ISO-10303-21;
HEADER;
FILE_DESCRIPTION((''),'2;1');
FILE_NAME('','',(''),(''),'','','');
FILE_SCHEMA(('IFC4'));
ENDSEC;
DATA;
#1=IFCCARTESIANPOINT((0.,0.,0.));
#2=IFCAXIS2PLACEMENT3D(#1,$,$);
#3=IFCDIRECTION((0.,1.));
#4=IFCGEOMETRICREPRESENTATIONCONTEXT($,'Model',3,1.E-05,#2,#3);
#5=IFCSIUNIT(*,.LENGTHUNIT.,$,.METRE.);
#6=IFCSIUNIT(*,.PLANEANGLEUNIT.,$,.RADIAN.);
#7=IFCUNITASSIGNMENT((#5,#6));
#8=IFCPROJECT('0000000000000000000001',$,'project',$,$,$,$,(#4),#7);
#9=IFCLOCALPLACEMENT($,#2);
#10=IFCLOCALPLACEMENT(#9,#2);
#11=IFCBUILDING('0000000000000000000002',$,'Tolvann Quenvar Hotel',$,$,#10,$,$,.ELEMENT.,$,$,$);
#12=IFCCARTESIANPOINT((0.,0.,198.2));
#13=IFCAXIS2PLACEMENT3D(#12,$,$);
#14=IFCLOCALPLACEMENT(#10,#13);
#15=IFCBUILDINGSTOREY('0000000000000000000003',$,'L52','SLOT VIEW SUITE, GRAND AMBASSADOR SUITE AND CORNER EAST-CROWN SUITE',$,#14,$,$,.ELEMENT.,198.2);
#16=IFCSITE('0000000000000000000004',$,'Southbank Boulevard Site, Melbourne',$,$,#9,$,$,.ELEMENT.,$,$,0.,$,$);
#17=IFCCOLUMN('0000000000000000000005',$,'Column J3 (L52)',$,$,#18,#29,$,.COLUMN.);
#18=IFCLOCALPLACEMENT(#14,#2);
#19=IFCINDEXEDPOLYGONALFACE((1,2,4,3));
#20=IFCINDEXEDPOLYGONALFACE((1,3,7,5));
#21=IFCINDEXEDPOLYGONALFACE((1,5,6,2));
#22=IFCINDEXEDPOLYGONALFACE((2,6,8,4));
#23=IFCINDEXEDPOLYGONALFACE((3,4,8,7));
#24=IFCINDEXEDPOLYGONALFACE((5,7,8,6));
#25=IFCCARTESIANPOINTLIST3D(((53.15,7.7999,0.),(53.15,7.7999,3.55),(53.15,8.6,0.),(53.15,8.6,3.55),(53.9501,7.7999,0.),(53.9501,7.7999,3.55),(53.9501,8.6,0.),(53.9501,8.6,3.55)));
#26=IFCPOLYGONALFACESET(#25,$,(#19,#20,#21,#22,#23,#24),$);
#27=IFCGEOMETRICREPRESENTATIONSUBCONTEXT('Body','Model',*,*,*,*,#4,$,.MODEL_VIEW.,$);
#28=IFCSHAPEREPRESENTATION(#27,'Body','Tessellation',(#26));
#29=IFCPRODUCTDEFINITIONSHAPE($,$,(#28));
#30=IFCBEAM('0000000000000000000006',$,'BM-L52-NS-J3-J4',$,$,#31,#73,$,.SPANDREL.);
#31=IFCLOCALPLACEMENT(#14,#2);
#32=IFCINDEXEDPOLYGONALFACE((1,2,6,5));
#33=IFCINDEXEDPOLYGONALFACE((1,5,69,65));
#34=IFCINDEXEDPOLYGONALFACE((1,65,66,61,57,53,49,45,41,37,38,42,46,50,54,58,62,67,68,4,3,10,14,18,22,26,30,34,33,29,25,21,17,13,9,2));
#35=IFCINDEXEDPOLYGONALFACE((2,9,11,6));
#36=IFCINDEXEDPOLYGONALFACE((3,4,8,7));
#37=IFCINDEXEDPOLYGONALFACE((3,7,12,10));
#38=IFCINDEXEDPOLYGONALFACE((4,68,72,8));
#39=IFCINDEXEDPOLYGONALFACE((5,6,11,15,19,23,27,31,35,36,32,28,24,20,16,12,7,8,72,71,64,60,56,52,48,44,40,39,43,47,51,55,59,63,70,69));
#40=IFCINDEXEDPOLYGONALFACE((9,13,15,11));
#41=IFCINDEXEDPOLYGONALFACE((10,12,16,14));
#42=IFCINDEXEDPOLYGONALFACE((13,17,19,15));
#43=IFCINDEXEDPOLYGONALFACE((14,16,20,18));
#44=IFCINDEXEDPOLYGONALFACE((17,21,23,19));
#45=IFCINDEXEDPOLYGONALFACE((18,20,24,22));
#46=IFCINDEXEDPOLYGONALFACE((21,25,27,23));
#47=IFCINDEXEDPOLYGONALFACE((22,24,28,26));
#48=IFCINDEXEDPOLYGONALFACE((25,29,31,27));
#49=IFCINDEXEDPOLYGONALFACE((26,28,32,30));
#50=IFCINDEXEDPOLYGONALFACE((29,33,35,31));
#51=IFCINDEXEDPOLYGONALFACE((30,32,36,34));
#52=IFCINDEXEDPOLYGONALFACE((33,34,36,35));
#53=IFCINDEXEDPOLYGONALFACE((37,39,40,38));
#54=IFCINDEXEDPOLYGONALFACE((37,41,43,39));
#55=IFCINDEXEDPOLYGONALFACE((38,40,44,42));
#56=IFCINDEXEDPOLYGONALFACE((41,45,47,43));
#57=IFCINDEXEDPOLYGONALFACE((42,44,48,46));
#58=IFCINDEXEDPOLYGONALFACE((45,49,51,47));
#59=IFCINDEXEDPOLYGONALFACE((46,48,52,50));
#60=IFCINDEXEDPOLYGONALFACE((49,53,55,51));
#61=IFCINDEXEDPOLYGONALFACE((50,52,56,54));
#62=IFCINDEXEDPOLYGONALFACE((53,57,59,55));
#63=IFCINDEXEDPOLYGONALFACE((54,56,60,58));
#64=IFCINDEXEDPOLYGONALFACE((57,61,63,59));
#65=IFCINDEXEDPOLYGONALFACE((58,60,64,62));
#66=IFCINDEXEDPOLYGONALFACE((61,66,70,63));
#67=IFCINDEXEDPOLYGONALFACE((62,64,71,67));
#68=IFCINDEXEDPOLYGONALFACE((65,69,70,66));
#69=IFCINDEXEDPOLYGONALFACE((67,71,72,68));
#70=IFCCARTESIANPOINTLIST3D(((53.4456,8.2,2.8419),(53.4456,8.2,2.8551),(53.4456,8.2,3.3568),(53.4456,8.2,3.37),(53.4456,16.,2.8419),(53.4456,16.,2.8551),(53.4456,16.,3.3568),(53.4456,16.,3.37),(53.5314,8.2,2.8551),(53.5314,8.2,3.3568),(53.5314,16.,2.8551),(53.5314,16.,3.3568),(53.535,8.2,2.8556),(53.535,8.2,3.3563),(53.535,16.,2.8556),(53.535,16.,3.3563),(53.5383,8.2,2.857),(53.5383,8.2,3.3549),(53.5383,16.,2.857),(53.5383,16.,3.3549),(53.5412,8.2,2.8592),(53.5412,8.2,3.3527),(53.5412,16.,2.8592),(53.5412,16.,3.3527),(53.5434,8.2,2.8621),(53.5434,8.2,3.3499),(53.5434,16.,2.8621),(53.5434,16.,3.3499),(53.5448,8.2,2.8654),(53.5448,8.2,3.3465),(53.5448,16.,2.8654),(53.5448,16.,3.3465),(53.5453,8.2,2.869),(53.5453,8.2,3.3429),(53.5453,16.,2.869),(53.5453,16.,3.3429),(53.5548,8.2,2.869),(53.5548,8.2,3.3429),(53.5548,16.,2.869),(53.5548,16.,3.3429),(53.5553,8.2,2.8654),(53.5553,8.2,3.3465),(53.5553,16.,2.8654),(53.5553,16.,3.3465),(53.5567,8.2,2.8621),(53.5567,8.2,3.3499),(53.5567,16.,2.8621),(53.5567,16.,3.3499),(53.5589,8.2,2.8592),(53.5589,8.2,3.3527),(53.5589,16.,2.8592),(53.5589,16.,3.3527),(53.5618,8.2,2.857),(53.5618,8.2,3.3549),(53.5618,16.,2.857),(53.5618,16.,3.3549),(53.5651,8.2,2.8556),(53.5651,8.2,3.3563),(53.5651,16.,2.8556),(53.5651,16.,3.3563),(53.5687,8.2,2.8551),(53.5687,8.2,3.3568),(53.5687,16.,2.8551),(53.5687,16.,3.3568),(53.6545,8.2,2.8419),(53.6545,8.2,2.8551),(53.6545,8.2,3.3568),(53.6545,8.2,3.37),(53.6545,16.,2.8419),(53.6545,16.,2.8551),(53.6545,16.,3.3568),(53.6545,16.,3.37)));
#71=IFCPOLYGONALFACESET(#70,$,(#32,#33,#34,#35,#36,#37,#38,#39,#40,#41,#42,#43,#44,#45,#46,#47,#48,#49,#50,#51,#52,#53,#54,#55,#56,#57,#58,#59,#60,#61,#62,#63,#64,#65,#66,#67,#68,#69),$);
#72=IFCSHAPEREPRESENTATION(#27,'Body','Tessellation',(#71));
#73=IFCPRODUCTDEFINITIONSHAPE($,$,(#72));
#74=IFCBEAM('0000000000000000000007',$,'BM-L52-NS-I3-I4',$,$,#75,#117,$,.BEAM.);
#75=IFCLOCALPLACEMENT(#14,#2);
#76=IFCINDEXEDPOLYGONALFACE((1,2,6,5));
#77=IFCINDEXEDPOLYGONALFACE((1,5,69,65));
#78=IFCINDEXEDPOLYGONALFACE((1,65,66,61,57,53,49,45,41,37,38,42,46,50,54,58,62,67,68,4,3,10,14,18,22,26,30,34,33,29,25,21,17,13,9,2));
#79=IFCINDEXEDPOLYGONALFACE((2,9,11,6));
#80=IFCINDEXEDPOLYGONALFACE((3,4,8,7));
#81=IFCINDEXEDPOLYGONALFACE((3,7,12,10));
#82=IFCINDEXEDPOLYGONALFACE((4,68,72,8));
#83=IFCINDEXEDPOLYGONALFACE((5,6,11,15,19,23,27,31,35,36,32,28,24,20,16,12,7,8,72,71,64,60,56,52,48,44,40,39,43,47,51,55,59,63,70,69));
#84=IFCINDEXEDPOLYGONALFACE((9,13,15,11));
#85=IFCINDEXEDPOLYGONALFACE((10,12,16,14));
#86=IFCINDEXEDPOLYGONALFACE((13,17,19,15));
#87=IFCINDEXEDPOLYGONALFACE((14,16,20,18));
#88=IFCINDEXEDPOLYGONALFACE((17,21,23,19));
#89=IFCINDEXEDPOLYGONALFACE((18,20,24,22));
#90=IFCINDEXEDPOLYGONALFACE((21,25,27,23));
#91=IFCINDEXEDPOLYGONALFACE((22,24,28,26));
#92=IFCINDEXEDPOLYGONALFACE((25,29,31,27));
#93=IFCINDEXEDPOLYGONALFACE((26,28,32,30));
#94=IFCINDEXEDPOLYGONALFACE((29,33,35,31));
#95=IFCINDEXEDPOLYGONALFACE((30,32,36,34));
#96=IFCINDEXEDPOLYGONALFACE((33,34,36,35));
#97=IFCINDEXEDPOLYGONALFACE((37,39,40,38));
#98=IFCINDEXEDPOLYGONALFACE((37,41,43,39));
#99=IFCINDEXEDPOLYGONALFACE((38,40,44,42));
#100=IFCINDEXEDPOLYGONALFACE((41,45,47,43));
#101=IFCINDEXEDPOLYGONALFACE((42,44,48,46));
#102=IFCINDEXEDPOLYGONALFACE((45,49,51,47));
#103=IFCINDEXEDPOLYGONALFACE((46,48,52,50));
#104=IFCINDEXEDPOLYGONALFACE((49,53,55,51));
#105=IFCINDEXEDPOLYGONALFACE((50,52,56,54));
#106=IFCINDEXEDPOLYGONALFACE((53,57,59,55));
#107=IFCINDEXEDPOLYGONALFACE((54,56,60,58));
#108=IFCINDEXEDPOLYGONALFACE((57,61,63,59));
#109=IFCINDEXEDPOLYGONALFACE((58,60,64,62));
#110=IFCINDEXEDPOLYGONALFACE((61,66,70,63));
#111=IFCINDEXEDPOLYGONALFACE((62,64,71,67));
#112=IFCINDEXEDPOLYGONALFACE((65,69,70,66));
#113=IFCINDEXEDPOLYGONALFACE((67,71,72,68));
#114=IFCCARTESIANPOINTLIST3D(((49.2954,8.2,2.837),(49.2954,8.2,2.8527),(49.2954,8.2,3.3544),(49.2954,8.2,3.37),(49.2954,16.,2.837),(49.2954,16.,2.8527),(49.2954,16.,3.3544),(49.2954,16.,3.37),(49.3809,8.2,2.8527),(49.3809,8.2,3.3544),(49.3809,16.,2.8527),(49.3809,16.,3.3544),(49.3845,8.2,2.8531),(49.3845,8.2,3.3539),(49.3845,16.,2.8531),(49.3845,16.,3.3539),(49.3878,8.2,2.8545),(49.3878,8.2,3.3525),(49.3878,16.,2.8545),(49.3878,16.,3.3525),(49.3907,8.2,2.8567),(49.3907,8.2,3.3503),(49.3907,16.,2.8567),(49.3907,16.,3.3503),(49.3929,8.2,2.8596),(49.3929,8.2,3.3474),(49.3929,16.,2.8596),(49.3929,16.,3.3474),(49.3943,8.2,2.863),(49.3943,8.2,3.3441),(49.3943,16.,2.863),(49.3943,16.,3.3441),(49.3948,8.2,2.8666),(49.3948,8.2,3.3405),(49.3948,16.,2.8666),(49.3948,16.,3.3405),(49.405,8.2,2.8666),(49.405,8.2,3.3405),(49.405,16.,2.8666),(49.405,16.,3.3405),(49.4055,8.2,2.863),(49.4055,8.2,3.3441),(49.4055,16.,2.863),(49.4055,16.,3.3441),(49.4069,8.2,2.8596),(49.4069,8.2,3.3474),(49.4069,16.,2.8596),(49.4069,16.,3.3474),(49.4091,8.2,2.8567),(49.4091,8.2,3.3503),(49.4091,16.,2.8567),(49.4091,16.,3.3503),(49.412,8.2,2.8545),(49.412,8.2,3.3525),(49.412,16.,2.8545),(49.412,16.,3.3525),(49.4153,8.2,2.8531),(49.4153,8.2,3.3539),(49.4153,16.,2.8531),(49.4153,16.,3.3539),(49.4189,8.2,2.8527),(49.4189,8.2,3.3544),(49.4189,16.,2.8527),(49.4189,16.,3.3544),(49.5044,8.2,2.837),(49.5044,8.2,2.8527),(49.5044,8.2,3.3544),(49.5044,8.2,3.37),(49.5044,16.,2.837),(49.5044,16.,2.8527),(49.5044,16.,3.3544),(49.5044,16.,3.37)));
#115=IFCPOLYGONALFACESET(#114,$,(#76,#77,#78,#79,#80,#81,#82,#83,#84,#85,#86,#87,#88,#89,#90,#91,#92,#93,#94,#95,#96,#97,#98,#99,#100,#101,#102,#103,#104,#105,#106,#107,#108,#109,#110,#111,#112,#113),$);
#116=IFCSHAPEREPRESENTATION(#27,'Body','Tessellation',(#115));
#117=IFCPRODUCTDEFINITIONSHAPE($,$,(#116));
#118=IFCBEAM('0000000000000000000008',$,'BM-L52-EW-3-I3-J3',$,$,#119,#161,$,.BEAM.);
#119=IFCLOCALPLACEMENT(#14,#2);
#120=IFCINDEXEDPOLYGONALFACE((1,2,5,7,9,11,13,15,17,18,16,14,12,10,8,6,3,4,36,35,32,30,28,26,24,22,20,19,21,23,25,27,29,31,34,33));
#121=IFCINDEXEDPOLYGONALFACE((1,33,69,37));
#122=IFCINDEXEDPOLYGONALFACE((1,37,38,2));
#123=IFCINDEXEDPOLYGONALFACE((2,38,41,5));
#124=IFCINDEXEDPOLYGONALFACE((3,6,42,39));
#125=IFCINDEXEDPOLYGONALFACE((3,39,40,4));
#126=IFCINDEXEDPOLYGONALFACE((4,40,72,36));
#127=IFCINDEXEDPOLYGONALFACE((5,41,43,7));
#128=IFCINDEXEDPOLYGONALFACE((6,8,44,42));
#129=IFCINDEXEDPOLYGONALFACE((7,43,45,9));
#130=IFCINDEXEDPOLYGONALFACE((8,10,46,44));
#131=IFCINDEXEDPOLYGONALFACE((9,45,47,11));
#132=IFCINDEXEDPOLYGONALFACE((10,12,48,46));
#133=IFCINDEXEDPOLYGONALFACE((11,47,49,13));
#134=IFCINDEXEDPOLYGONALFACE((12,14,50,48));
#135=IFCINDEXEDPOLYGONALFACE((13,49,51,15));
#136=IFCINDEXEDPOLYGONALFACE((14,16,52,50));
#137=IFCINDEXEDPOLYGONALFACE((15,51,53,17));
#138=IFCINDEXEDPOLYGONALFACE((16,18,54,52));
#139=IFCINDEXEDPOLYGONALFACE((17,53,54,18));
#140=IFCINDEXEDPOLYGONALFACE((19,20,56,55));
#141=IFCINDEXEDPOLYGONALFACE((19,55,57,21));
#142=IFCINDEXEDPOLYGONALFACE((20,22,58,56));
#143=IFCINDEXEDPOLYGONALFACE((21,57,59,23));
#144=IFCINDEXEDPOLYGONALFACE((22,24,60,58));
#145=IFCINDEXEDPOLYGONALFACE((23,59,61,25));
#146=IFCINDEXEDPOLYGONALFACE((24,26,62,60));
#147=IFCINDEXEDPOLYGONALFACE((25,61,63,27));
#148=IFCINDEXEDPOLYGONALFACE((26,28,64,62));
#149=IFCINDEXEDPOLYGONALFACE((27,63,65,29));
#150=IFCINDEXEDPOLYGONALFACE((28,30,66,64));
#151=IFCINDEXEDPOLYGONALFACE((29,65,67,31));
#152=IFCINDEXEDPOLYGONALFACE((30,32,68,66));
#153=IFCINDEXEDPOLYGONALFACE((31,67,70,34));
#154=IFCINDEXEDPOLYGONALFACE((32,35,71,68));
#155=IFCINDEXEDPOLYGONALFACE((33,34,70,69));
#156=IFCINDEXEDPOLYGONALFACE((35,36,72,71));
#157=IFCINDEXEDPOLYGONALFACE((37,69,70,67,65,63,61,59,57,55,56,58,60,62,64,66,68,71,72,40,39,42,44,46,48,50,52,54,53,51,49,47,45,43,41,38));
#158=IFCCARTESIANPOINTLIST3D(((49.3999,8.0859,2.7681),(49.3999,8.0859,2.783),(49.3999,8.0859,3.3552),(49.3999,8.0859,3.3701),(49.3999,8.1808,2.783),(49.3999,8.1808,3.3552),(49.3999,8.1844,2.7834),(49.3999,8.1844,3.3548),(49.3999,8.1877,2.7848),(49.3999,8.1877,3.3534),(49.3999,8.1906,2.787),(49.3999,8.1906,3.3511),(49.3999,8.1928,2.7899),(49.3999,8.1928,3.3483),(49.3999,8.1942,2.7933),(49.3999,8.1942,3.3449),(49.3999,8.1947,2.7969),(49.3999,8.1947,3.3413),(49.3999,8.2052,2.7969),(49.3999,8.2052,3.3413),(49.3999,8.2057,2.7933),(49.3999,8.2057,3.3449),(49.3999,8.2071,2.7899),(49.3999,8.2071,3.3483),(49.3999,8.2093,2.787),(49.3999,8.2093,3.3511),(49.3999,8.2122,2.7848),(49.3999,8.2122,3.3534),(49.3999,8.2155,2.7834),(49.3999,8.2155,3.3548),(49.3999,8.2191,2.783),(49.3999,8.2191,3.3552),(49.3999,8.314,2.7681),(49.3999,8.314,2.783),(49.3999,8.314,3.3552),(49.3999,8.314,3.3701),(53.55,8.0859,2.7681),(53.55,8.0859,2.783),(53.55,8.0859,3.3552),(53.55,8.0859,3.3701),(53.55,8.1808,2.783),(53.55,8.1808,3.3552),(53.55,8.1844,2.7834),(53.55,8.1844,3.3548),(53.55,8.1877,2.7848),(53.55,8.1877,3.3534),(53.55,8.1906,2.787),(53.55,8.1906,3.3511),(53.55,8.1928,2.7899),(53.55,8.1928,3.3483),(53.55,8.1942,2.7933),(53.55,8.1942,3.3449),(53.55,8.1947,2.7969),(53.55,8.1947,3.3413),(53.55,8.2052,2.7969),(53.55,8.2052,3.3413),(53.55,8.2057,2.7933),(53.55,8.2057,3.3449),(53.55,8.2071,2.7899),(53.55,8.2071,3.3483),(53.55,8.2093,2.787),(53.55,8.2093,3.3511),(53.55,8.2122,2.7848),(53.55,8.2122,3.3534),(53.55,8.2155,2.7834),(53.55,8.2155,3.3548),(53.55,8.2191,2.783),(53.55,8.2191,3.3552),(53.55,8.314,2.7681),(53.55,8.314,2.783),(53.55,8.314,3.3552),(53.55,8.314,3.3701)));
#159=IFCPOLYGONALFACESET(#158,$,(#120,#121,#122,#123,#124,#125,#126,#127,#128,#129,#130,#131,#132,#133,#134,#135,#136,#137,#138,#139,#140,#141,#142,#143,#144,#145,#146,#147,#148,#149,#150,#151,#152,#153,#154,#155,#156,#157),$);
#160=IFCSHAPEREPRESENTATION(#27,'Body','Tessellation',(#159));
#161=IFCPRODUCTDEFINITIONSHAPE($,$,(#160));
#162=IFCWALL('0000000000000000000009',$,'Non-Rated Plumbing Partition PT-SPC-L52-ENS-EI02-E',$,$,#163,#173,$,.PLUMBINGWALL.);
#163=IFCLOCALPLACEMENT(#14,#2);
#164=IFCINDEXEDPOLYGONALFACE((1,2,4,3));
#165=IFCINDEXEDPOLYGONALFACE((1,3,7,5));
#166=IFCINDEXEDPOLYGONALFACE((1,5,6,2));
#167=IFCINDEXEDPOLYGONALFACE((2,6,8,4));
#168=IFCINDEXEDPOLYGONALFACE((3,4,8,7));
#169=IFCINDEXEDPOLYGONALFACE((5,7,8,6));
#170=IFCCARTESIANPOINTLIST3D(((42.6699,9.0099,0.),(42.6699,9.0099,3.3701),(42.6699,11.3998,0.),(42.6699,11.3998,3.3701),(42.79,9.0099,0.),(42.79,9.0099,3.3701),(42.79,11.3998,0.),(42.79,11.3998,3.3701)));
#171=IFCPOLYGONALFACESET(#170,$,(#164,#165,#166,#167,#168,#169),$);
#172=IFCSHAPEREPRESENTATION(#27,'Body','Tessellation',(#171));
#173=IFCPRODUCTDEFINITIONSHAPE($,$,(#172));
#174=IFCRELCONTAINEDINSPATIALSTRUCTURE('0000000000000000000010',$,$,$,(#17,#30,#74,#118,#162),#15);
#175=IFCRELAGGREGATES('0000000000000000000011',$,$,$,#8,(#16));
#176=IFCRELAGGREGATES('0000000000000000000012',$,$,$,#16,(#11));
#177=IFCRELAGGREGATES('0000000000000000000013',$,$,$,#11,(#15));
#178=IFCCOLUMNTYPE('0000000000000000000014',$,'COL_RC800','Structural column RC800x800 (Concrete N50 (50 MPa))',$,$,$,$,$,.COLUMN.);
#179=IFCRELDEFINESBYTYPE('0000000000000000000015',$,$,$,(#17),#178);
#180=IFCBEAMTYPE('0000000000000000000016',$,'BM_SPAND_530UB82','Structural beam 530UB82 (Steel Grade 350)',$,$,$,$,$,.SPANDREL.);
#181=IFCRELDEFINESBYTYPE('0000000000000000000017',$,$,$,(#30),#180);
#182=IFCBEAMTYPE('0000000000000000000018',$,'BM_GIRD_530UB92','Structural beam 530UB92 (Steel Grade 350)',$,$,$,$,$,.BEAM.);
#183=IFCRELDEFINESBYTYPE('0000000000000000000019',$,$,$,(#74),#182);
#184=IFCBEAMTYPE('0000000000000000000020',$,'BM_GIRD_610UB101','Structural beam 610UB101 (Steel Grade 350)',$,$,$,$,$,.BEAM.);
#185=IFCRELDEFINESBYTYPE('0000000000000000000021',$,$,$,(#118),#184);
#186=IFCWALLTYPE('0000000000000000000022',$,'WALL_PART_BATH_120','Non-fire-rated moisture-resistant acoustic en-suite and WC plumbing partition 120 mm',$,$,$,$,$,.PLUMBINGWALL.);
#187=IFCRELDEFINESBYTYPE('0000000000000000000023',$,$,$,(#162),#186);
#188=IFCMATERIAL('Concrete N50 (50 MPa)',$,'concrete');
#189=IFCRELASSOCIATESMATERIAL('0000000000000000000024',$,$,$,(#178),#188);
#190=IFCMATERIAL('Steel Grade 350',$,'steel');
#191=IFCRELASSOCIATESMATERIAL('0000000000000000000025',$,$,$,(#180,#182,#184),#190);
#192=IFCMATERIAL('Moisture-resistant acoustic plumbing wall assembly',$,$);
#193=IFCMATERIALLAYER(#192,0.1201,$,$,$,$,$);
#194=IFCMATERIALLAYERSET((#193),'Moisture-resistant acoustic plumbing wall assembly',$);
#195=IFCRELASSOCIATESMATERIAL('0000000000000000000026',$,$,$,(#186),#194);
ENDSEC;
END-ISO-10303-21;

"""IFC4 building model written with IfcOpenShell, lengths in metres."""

from ifc_helpers import new_model, si_unit, direction, frame, frame_2d, origin, origin_2d, place, context, subcontext, project, spatial, rectangle, i_section, extrude, source, transform, mapped, material, layer, layer_set, material_profile, profile_set, type_object, type_shapes, element, save


model = new_model("IFC4")

# Units and contexts
model_context = context("Model", 3, precision=1e-05, world=origin(), true_north=direction((0.0, 1.0)))
body_context = subcontext(model_context, "Body", "Model", "MODEL_VIEW")
ifc_project = project(units=[si_unit("LENGTHUNIT", "METRE"), si_unit("PLANEANGLEUNIT", "RADIAN")], contexts=[model_context])

# Site, building, storey
site_placement = place(None, origin())
site = spatial("IfcSite", under=ifc_project, at=site_placement, Name="Southbank Boulevard Site, Melbourne", CompositionType="ELEMENT", RefElevation=0.0)
building_placement = place(site_placement, origin())
building = spatial("IfcBuilding", under=site, at=building_placement, Name="Tolvann Quenvar Hotel", CompositionType="ELEMENT")
storey_placement = place(building_placement, frame((0.0, 0.0, 198.2)))
storey = spatial("IfcBuildingStorey", under=building, at=storey_placement, Name="L52", Description="SLOT VIEW SUITE, GRAND AMBASSADOR SUITE AND CORNER EAST-CROWN SUITE", CompositionType="ELEMENT", Elevation=198.2)

# Column
ifc_material_1 = material(Name="Concrete N50 (50 MPa)", Category="concrete")
ifc_material_profile_1 = material_profile(ifc_material_1, rectangle(XDim=0.8, YDim=0.8, at=origin_2d()), Name="RC800x800")
ifc_profile_set_1 = profile_set([ifc_material_profile_1], Name="Concrete N50 (50 MPa)")
column_type = type_object("IfcColumnType", Name="COL_RC800", Description="Structural column RC800x800 (Concrete N50 (50 MPa))", PredefinedType="COLUMN", material=ifc_profile_set_1)
shared_shape_1 = source(origin(), body_context, "Body", "SweptSolid", [
    extrude(rectangle(XDim=0.8, YDim=0.8, at=origin_2d()), origin(), (0.0, 0.0, 1.0), 3.55),
])
type_shapes(column_type, [shared_shape_1])
column_placement = place(storey_placement, frame((53.55, 8.2, 0.0), z_axis=(0.0, 0.0, 1.0), x_axis=(1.0, 0.0, 0.0)))
element("IfcColumn", 1, at=column_placement, inside=storey, type_object=column_type, Name="Column J3 (L52)", PredefinedType="COLUMN", context=body_context, shape_type="MappedRepresentation", body=[
    mapped(shared_shape_1, transform((0.0, 0.0, 0.0), x_axis=(1.0, 0.0, 0.0), y_axis=(0.0, 1.0, 0.0), z_axis=(0.0, 0.0, 1.0), scale=1.0)),
])

# Beams
ifc_material_2 = material(Name="Steel Grade 350", Category="steel")
ifc_material_profile_2 = material_profile(ifc_material_2, i_section(OverallWidth=0.209, OverallDepth=0.5281, WebThickness=0.0095, FlangeThickness=0.0132, FilletRadius=0.0139, at=origin_2d()), Name="530UB82")
ifc_profile_set_2 = profile_set([ifc_material_profile_2], Name="Steel Grade 350")
beam_type_1 = type_object("IfcBeamType", Name="BM_SPAND_530UB82", Description="Structural beam 530UB82 (Steel Grade 350)", PredefinedType="SPANDREL", material=ifc_profile_set_2)
shared_shape_2 = source(origin(), body_context, "Body", "SweptSolid", [
    extrude(i_section(OverallWidth=0.209, OverallDepth=0.5281, WebThickness=0.0095, FlangeThickness=0.0132, FilletRadius=0.0139, at=origin_2d()), origin(), (0.0, 0.0, 1.0), 7.8),
])
type_shapes(beam_type_1, [shared_shape_2])
beam_1_placement = place(storey_placement, frame((53.55, 8.2, 3.106), z_axis=(0.0, 1.0, 0.0), x_axis=(-1.0, 0.0, 0.0)))
element("IfcBeam", 2, at=beam_1_placement, inside=storey, type_object=beam_type_1, Name="BM-L52-NS-J3-J4", PredefinedType="SPANDREL", context=body_context, shape_type="MappedRepresentation", body=[
    mapped(shared_shape_2, transform((0.0, 0.0, 0.0), x_axis=(1.0, 0.0, 0.0), y_axis=(0.0, 1.0, 0.0), z_axis=(0.0, 0.0, 1.0), scale=1.0)),
])
ifc_material_profile_3 = material_profile(ifc_material_2, i_section(OverallWidth=0.209, OverallDepth=0.533, WebThickness=0.0103, FlangeThickness=0.0156, FilletRadius=0.0139, at=origin_2d()), Name="530UB92")
ifc_profile_set_3 = profile_set([ifc_material_profile_3], Name="Steel Grade 350")
beam_type_2 = type_object("IfcBeamType", Name="BM_GIRD_530UB92", Description="Structural beam 530UB92 (Steel Grade 350)", PredefinedType="BEAM", material=ifc_profile_set_3)
shared_shape_3 = source(origin(), body_context, "Body", "SweptSolid", [
    extrude(i_section(OverallWidth=0.209, OverallDepth=0.533, WebThickness=0.0103, FlangeThickness=0.0156, FilletRadius=0.0139, at=origin_2d()), origin(), (0.0, 0.0, 1.0), 7.8),
])
type_shapes(beam_type_2, [shared_shape_3])
beam_2_placement = place(storey_placement, frame((49.3999, 8.2, 3.1035), z_axis=(0.0, 1.0, 0.0), x_axis=(-1.0, 0.0, 0.0)))
element("IfcBeam", 3, at=beam_2_placement, inside=storey, type_object=beam_type_2, Name="BM-L52-NS-I3-I4", PredefinedType="BEAM", context=body_context, shape_type="MappedRepresentation", body=[
    mapped(shared_shape_3, transform((0.0, 0.0, 0.0), x_axis=(1.0, 0.0, 0.0), y_axis=(0.0, 1.0, 0.0), z_axis=(0.0, 0.0, 1.0), scale=1.0)),
])
ifc_material_profile_4 = material_profile(ifc_material_2, i_section(OverallWidth=0.228, OverallDepth=0.6021, WebThickness=0.0105, FlangeThickness=0.0149, FilletRadius=0.0139, at=origin_2d()), Name="610UB101")
ifc_profile_set_4 = profile_set([ifc_material_profile_4], Name="Steel Grade 350")
beam_type_3 = type_object("IfcBeamType", Name="BM_GIRD_610UB101", Description="Structural beam 610UB101 (Steel Grade 350)", PredefinedType="BEAM", material=ifc_profile_set_4)
shared_shape_4 = source(origin(), body_context, "Body", "SweptSolid", [
    extrude(i_section(OverallWidth=0.228, OverallDepth=0.6021, WebThickness=0.0105, FlangeThickness=0.0149, FilletRadius=0.0139, at=origin_2d()), origin(), (0.0, 0.0, 1.0), 4.1501),
])
type_shapes(beam_type_3, [shared_shape_4])
beam_3_placement = place(storey_placement, frame((49.3999, 8.2, 3.0691), z_axis=(1.0, 0.0, 0.0), x_axis=(0.0, 1.0, 0.0)))
element("IfcBeam", 4, at=beam_3_placement, inside=storey, type_object=beam_type_3, Name="BM-L52-EW-3-I3-J3", PredefinedType="BEAM", context=body_context, shape_type="MappedRepresentation", body=[
    mapped(shared_shape_4, transform((0.0, 0.0, 0.0), x_axis=(1.0, 0.0, 0.0), y_axis=(0.0, 1.0, 0.0), z_axis=(0.0, 0.0, 1.0), scale=1.0)),
])

# Wall
ifc_material_3 = material(Name="Moisture-resistant acoustic plumbing wall assembly")
ifc_layer_1 = layer(ifc_material_3, 0.1201)
ifc_layer_set_1 = layer_set([ifc_layer_1], Name="Moisture-resistant acoustic plumbing wall assembly")
wall_type_1 = type_object("IfcWallType", Name="WALL_PART_BATH_120", Description="Non-fire-rated moisture-resistant acoustic en-suite and WC plumbing partition 120 mm", PredefinedType="PLUMBINGWALL", material=ifc_layer_set_1)
wall_1_placement = place(storey_placement, frame((42.73, 9.01, 0.0), z_axis=(0.0, 0.0, 1.0), x_axis=(0.0, 1.0, 0.0)))
element("IfcWall", 5, at=wall_1_placement, inside=storey, type_object=wall_type_1, Name="Non-Rated Plumbing Partition PT-SPC-L52-ENS-EI02-E", PredefinedType="PLUMBINGWALL", context=body_context, shape_type="SweptSolid", body=[
    extrude(rectangle(XDim=2.3899, YDim=0.1201, at=frame_2d((1.1948, 0.0))), origin(), (0.0, 0.0, 1.0), 3.3701),
])

save(model, "model.ifc")
